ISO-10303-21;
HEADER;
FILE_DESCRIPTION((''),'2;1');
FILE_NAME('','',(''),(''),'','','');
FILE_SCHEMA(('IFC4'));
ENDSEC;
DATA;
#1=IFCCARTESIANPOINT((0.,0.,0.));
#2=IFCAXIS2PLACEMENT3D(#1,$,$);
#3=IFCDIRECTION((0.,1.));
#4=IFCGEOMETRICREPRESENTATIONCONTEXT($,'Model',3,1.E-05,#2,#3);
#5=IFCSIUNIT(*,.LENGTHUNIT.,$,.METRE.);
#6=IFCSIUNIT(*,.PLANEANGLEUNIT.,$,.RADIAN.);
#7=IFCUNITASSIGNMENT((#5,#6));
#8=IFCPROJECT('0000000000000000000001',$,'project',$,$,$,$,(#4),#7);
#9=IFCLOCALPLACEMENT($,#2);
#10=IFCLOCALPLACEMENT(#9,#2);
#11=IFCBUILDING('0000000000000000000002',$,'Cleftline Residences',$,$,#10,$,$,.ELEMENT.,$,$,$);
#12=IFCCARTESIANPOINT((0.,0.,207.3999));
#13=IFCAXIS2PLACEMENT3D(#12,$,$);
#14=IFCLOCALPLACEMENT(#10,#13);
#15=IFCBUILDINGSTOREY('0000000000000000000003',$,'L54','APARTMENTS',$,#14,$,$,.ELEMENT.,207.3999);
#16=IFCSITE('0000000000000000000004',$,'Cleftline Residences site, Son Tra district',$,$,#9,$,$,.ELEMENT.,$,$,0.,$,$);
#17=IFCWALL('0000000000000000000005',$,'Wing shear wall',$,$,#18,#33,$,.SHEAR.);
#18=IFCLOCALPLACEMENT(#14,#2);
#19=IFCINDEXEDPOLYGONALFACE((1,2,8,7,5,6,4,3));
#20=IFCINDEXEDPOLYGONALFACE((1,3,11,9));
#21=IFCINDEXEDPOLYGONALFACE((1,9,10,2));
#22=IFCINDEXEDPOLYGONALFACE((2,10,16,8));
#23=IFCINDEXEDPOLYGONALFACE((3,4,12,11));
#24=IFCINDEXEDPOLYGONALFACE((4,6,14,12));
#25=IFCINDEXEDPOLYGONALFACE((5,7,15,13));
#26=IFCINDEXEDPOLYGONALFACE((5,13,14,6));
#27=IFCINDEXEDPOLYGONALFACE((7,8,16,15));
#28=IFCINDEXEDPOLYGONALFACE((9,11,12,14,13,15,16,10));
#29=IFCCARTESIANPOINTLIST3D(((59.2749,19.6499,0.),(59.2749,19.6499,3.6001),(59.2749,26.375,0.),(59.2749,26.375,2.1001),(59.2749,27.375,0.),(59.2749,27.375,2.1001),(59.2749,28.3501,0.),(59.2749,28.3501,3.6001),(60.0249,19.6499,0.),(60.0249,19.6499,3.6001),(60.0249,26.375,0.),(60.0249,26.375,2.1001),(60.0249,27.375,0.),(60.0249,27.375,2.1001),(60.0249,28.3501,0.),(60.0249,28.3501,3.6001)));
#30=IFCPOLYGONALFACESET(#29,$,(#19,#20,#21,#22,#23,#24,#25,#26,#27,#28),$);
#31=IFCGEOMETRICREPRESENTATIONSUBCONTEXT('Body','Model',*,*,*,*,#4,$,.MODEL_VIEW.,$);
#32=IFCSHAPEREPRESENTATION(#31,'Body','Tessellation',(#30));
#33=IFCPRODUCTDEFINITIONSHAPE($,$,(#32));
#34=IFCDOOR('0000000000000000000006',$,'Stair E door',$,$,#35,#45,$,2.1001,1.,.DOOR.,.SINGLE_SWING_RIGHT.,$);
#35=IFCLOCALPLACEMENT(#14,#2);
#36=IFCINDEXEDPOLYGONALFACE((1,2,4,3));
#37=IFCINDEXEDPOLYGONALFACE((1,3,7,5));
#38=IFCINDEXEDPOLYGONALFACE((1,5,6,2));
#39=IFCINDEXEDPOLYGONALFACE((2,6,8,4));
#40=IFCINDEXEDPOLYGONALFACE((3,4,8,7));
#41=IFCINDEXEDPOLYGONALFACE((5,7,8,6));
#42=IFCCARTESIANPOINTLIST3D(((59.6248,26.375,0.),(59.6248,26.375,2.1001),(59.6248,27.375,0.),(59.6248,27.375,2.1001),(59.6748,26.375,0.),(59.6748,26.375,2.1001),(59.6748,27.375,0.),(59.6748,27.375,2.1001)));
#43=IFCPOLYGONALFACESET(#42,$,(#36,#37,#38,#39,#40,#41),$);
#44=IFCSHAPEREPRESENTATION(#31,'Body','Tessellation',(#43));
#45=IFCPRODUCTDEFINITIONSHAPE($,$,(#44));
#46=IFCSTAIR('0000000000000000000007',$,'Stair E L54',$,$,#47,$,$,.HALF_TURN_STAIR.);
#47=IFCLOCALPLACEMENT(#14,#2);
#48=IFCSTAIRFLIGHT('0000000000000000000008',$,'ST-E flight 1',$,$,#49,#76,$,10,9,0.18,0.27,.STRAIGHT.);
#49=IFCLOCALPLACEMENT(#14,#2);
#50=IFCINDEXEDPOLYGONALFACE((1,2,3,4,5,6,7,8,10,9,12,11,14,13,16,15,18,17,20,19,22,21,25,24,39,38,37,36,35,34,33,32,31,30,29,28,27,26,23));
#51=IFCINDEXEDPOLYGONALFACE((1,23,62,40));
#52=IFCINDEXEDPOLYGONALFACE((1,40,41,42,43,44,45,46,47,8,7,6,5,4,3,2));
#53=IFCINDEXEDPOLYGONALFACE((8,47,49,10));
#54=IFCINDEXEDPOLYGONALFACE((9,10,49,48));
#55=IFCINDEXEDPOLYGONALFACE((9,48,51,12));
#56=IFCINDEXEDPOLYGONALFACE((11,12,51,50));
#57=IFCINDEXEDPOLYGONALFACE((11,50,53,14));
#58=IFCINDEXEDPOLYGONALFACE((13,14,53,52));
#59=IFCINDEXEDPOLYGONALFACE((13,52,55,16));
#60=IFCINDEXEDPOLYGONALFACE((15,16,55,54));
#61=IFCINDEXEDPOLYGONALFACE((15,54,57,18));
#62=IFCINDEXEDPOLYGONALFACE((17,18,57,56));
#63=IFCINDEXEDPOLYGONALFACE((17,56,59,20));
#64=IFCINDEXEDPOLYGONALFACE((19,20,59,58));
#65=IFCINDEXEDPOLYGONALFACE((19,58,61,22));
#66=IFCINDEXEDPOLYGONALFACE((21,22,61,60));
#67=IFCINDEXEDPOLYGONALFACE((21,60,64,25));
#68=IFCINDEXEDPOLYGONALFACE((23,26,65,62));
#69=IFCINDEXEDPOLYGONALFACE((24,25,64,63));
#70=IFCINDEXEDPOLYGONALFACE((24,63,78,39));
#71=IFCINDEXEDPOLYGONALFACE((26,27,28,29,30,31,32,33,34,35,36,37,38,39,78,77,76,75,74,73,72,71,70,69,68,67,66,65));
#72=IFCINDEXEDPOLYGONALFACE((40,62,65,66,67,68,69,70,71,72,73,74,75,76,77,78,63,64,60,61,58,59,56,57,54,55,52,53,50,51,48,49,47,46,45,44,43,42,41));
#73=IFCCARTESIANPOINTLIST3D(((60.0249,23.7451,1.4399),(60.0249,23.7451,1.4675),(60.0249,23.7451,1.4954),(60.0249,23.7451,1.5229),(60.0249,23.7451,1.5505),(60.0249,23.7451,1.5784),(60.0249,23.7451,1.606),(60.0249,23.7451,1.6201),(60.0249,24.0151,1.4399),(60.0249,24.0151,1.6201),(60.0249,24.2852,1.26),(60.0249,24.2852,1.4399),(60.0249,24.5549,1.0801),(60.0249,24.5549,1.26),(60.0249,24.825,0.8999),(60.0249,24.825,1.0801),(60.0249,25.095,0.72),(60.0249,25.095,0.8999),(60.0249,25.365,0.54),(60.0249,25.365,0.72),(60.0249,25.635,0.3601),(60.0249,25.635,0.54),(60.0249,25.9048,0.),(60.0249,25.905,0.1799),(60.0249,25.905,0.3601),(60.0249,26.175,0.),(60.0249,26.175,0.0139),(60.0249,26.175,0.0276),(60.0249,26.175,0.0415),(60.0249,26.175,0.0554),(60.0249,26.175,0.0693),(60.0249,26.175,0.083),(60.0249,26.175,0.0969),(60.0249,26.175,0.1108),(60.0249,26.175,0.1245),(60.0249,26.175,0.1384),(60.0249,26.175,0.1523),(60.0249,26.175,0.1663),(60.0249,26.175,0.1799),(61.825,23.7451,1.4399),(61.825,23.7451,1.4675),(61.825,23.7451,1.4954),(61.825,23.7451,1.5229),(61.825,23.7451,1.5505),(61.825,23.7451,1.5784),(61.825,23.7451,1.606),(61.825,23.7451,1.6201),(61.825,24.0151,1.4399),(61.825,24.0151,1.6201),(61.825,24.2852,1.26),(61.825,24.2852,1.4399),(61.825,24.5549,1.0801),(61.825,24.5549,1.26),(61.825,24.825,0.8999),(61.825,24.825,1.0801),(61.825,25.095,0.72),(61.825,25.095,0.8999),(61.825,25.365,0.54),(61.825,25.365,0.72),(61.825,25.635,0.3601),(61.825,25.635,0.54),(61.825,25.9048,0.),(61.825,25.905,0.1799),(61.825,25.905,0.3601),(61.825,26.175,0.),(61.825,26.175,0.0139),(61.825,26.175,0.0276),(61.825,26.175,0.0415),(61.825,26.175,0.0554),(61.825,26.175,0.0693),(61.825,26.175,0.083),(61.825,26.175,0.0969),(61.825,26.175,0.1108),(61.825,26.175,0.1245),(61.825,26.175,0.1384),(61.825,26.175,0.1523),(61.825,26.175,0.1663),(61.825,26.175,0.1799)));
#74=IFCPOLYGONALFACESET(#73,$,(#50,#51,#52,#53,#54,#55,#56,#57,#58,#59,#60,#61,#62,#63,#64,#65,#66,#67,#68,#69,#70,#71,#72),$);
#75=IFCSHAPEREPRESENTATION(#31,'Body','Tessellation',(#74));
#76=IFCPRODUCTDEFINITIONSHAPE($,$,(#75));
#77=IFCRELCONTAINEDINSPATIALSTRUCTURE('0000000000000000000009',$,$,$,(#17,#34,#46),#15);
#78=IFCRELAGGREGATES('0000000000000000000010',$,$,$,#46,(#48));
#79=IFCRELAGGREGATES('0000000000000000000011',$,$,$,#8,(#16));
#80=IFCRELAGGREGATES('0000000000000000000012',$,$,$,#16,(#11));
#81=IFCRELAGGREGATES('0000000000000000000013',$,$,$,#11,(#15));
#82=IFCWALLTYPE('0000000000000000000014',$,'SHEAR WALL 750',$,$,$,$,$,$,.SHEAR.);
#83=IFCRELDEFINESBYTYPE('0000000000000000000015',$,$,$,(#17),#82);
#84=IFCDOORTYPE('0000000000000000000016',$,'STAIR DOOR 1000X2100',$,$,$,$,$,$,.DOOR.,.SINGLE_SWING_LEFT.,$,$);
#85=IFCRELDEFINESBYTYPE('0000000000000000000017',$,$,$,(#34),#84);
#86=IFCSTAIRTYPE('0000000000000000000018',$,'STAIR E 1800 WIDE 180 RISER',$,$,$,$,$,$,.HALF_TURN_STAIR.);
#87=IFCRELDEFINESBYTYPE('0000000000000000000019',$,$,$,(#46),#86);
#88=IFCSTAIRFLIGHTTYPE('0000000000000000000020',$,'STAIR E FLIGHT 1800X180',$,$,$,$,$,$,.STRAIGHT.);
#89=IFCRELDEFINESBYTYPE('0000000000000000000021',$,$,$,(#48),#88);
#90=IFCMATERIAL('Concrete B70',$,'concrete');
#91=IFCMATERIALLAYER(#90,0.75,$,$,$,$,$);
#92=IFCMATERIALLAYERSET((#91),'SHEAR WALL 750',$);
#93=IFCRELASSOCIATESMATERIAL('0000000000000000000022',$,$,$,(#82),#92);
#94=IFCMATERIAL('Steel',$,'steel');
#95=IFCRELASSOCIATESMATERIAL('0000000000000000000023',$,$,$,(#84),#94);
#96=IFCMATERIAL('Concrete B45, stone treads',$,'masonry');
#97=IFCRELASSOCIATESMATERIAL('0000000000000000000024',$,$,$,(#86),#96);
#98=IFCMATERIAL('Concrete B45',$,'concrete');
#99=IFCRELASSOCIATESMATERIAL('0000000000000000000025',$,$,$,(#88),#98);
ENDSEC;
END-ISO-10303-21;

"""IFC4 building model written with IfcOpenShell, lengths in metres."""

from ifc_helpers import new_model, si_unit, direction, frame, frame_2d, origin, place, context, subcontext, project, spatial, polyline, rectangle, outline, extrude, material, layer, layer_set, type_object, element, fill, aggregate, save


model = new_model("IFC4")

# Units and contexts
model_context = context("Model", 3, precision=1e-05, world=origin(), true_north=direction((0.0, 1.0)))
body_context = subcontext(model_context, "Body", "Model", "MODEL_VIEW")
ifc_project = project(units=[si_unit("LENGTHUNIT", "METRE"), si_unit("PLANEANGLEUNIT", "RADIAN")], contexts=[model_context])

# Site, building, storey
site_placement = place(None, origin())
site = spatial("IfcSite", under=ifc_project, at=site_placement, Name="Cleftline Residences site, Son Tra district", CompositionType="ELEMENT", RefElevation=0.0)
building_placement = place(site_placement, origin())
building = spatial("IfcBuilding", under=site, at=building_placement, Name="Cleftline Residences", CompositionType="ELEMENT")
storey_placement = place(building_placement, frame((0.0, 0.0, 207.3999)))
storey = spatial("IfcBuildingStorey", under=building, at=storey_placement, Name="L54", Description="APARTMENTS", CompositionType="ELEMENT", Elevation=207.3999)

# Shared definitions
ifc_material_1 = material(Name="Concrete B70", Category="concrete")
ifc_layer_1 = layer(ifc_material_1, 0.75)
ifc_layer_set_1 = layer_set([ifc_layer_1], Name="SHEAR WALL 750")
wall_type_1 = type_object("IfcWallType", Name="SHEAR WALL 750", PredefinedType="SHEAR", material=ifc_layer_set_1)

# Wall, opening, door
wall_1_placement = place(storey_placement, frame((59.6499, 28.3501, 0.0), z_axis=(0.0, 0.0, 1.0), x_axis=(0.0, -1.0, 0.0)))
wall_1 = element("IfcWall", 1, at=wall_1_placement, inside=storey, type_object=wall_type_1, Name="Wing shear wall", PredefinedType="SHEAR", context=body_context, shape_type="SweptSolid", body=[
    extrude(rectangle(XDim=8.7002, YDim=0.75, at=frame_2d((4.3501, 0.0))), origin(), (0.0, 0.0, 1.0), 3.6001),
])
opening_1_placement = place(wall_1_placement, frame((0.9751, 0.0, 0.0)))
opening_1 = element("IfcOpeningElement", 2, at=opening_1_placement, cuts=wall_1, PredefinedType="OPENING", context=body_context, shape_type="SweptSolid", body=[
    extrude(rectangle(XDim=1.0, YDim=2.1001, at=frame_2d((0.5, 1.05))), frame((0.0, 0.385, 0.0), z_axis=(0.0, -1.0, 0.0), x_axis=(1.0, 0.0, 0.0)), (0.0, 0.0, 1.0), 0.77),
])
ifc_material_2 = material(Name="Steel", Category="steel")
door_type_1 = type_object("IfcDoorType", Name="STAIR DOOR 1000X2100", OperationType="SINGLE_SWING_LEFT", PredefinedType="DOOR", material=ifc_material_2)
door_1_placement = place(opening_1_placement, origin())
door_1 = element("IfcDoor", 3, at=door_1_placement, inside=storey, type_object=door_type_1, Name="Stair E door", OperationType="SINGLE_SWING_RIGHT", OverallHeight=2.1001, OverallWidth=1.0, PredefinedType="DOOR", context=body_context, shape_type="SweptSolid", body=[
    extrude(rectangle(XDim=1.0, YDim=2.1001, at=frame_2d((0.5, 1.05))), frame((0.0, 0.0249, 0.0), z_axis=(0.0, -1.0, 0.0), x_axis=(1.0, 0.0, 0.0)), (0.0, 0.0, 1.0), 0.05),
])
fill(opening_1, door_1)

# Stair, stair flight
ifc_material_3 = material(Name="Concrete B45, stone treads", Category="masonry")
stair_type = type_object("IfcStairType", Name="STAIR E 1800 WIDE 180 RISER", PredefinedType="HALF_TURN_STAIR", material=ifc_material_3)
stair_placement = place(storey_placement, origin())
stair = element("IfcStair", 4, at=stair_placement, inside=storey, type_object=stair_type, Name="Stair E L54", PredefinedType="HALF_TURN_STAIR")
ifc_material_4 = material(Name="Concrete B45", Category="concrete")
stair_flight_type = type_object("IfcStairFlightType", Name="STAIR E FLIGHT 1800X180", PredefinedType="STRAIGHT", material=ifc_material_4)
stair_flight_placement = place(storey_placement, frame((60.925, 26.175, 0.0), z_axis=(0.0, 0.0, 1.0), x_axis=(0.0, -1.0, 0.0)))
stair_flight = element("IfcStairFlight", 5, at=stair_flight_placement, type_object=stair_flight_type, Name="ST-E flight 1", NumberOfRisers=10, NumberOfTreads=9, PredefinedType="STRAIGHT", RiserHeight=0.18, TreadLength=0.27, context=body_context, shape_type="SweptSolid", body=[
    extrude(outline(polyline([(0.0, 0.0), (0.0, 0.0139), (0.0, 0.0276), (0.0, 0.0415), (0.0, 0.0554), (0.0, 0.0693), (0.0, 0.083), (0.0, 0.0969), (0.0, 0.1108), (0.0, 0.1245), (0.0, 0.1384), (0.0, 0.1523), (0.0, 0.1663), (0.0, 0.1799), (0.27, 0.1799), (0.27, 0.3601), (0.54, 0.3601), (0.54, 0.54), (0.8101, 0.54), (0.8101, 0.72), (1.0801, 0.72), (1.0801, 0.8999), (1.3501, 0.8999), (1.3501, 1.0801), (1.6201, 1.0801), (1.6201, 1.26), (1.8899, 1.26), (1.8899, 1.4399), (2.1599, 1.4399), (2.1599, 1.6201), (2.4299, 1.6201), (2.4299, 1.8), (2.4299, 1.7722), (2.4299, 1.7446), (2.4299, 1.7168), (2.4299, 1.6892), (2.4299, 1.6614), (2.4299, 1.6338), (2.4299, 1.606), (2.4299, 1.5784), (2.4299, 1.5505), (2.4299, 1.5229), (2.4299, 1.4954), (2.4299, 1.4675), (2.4299, 1.4399), (0.2703, 0.0), (0.0, 0.0)])), frame((0.0, 0.8999, 0.0), z_axis=(0.0, -1.0, 0.0), x_axis=(1.0, 0.0, 0.0)), (0.0, 0.0, 1.0), 1.8),
])
aggregate(stair, [stair_flight])

save(model, "model.ifc")
